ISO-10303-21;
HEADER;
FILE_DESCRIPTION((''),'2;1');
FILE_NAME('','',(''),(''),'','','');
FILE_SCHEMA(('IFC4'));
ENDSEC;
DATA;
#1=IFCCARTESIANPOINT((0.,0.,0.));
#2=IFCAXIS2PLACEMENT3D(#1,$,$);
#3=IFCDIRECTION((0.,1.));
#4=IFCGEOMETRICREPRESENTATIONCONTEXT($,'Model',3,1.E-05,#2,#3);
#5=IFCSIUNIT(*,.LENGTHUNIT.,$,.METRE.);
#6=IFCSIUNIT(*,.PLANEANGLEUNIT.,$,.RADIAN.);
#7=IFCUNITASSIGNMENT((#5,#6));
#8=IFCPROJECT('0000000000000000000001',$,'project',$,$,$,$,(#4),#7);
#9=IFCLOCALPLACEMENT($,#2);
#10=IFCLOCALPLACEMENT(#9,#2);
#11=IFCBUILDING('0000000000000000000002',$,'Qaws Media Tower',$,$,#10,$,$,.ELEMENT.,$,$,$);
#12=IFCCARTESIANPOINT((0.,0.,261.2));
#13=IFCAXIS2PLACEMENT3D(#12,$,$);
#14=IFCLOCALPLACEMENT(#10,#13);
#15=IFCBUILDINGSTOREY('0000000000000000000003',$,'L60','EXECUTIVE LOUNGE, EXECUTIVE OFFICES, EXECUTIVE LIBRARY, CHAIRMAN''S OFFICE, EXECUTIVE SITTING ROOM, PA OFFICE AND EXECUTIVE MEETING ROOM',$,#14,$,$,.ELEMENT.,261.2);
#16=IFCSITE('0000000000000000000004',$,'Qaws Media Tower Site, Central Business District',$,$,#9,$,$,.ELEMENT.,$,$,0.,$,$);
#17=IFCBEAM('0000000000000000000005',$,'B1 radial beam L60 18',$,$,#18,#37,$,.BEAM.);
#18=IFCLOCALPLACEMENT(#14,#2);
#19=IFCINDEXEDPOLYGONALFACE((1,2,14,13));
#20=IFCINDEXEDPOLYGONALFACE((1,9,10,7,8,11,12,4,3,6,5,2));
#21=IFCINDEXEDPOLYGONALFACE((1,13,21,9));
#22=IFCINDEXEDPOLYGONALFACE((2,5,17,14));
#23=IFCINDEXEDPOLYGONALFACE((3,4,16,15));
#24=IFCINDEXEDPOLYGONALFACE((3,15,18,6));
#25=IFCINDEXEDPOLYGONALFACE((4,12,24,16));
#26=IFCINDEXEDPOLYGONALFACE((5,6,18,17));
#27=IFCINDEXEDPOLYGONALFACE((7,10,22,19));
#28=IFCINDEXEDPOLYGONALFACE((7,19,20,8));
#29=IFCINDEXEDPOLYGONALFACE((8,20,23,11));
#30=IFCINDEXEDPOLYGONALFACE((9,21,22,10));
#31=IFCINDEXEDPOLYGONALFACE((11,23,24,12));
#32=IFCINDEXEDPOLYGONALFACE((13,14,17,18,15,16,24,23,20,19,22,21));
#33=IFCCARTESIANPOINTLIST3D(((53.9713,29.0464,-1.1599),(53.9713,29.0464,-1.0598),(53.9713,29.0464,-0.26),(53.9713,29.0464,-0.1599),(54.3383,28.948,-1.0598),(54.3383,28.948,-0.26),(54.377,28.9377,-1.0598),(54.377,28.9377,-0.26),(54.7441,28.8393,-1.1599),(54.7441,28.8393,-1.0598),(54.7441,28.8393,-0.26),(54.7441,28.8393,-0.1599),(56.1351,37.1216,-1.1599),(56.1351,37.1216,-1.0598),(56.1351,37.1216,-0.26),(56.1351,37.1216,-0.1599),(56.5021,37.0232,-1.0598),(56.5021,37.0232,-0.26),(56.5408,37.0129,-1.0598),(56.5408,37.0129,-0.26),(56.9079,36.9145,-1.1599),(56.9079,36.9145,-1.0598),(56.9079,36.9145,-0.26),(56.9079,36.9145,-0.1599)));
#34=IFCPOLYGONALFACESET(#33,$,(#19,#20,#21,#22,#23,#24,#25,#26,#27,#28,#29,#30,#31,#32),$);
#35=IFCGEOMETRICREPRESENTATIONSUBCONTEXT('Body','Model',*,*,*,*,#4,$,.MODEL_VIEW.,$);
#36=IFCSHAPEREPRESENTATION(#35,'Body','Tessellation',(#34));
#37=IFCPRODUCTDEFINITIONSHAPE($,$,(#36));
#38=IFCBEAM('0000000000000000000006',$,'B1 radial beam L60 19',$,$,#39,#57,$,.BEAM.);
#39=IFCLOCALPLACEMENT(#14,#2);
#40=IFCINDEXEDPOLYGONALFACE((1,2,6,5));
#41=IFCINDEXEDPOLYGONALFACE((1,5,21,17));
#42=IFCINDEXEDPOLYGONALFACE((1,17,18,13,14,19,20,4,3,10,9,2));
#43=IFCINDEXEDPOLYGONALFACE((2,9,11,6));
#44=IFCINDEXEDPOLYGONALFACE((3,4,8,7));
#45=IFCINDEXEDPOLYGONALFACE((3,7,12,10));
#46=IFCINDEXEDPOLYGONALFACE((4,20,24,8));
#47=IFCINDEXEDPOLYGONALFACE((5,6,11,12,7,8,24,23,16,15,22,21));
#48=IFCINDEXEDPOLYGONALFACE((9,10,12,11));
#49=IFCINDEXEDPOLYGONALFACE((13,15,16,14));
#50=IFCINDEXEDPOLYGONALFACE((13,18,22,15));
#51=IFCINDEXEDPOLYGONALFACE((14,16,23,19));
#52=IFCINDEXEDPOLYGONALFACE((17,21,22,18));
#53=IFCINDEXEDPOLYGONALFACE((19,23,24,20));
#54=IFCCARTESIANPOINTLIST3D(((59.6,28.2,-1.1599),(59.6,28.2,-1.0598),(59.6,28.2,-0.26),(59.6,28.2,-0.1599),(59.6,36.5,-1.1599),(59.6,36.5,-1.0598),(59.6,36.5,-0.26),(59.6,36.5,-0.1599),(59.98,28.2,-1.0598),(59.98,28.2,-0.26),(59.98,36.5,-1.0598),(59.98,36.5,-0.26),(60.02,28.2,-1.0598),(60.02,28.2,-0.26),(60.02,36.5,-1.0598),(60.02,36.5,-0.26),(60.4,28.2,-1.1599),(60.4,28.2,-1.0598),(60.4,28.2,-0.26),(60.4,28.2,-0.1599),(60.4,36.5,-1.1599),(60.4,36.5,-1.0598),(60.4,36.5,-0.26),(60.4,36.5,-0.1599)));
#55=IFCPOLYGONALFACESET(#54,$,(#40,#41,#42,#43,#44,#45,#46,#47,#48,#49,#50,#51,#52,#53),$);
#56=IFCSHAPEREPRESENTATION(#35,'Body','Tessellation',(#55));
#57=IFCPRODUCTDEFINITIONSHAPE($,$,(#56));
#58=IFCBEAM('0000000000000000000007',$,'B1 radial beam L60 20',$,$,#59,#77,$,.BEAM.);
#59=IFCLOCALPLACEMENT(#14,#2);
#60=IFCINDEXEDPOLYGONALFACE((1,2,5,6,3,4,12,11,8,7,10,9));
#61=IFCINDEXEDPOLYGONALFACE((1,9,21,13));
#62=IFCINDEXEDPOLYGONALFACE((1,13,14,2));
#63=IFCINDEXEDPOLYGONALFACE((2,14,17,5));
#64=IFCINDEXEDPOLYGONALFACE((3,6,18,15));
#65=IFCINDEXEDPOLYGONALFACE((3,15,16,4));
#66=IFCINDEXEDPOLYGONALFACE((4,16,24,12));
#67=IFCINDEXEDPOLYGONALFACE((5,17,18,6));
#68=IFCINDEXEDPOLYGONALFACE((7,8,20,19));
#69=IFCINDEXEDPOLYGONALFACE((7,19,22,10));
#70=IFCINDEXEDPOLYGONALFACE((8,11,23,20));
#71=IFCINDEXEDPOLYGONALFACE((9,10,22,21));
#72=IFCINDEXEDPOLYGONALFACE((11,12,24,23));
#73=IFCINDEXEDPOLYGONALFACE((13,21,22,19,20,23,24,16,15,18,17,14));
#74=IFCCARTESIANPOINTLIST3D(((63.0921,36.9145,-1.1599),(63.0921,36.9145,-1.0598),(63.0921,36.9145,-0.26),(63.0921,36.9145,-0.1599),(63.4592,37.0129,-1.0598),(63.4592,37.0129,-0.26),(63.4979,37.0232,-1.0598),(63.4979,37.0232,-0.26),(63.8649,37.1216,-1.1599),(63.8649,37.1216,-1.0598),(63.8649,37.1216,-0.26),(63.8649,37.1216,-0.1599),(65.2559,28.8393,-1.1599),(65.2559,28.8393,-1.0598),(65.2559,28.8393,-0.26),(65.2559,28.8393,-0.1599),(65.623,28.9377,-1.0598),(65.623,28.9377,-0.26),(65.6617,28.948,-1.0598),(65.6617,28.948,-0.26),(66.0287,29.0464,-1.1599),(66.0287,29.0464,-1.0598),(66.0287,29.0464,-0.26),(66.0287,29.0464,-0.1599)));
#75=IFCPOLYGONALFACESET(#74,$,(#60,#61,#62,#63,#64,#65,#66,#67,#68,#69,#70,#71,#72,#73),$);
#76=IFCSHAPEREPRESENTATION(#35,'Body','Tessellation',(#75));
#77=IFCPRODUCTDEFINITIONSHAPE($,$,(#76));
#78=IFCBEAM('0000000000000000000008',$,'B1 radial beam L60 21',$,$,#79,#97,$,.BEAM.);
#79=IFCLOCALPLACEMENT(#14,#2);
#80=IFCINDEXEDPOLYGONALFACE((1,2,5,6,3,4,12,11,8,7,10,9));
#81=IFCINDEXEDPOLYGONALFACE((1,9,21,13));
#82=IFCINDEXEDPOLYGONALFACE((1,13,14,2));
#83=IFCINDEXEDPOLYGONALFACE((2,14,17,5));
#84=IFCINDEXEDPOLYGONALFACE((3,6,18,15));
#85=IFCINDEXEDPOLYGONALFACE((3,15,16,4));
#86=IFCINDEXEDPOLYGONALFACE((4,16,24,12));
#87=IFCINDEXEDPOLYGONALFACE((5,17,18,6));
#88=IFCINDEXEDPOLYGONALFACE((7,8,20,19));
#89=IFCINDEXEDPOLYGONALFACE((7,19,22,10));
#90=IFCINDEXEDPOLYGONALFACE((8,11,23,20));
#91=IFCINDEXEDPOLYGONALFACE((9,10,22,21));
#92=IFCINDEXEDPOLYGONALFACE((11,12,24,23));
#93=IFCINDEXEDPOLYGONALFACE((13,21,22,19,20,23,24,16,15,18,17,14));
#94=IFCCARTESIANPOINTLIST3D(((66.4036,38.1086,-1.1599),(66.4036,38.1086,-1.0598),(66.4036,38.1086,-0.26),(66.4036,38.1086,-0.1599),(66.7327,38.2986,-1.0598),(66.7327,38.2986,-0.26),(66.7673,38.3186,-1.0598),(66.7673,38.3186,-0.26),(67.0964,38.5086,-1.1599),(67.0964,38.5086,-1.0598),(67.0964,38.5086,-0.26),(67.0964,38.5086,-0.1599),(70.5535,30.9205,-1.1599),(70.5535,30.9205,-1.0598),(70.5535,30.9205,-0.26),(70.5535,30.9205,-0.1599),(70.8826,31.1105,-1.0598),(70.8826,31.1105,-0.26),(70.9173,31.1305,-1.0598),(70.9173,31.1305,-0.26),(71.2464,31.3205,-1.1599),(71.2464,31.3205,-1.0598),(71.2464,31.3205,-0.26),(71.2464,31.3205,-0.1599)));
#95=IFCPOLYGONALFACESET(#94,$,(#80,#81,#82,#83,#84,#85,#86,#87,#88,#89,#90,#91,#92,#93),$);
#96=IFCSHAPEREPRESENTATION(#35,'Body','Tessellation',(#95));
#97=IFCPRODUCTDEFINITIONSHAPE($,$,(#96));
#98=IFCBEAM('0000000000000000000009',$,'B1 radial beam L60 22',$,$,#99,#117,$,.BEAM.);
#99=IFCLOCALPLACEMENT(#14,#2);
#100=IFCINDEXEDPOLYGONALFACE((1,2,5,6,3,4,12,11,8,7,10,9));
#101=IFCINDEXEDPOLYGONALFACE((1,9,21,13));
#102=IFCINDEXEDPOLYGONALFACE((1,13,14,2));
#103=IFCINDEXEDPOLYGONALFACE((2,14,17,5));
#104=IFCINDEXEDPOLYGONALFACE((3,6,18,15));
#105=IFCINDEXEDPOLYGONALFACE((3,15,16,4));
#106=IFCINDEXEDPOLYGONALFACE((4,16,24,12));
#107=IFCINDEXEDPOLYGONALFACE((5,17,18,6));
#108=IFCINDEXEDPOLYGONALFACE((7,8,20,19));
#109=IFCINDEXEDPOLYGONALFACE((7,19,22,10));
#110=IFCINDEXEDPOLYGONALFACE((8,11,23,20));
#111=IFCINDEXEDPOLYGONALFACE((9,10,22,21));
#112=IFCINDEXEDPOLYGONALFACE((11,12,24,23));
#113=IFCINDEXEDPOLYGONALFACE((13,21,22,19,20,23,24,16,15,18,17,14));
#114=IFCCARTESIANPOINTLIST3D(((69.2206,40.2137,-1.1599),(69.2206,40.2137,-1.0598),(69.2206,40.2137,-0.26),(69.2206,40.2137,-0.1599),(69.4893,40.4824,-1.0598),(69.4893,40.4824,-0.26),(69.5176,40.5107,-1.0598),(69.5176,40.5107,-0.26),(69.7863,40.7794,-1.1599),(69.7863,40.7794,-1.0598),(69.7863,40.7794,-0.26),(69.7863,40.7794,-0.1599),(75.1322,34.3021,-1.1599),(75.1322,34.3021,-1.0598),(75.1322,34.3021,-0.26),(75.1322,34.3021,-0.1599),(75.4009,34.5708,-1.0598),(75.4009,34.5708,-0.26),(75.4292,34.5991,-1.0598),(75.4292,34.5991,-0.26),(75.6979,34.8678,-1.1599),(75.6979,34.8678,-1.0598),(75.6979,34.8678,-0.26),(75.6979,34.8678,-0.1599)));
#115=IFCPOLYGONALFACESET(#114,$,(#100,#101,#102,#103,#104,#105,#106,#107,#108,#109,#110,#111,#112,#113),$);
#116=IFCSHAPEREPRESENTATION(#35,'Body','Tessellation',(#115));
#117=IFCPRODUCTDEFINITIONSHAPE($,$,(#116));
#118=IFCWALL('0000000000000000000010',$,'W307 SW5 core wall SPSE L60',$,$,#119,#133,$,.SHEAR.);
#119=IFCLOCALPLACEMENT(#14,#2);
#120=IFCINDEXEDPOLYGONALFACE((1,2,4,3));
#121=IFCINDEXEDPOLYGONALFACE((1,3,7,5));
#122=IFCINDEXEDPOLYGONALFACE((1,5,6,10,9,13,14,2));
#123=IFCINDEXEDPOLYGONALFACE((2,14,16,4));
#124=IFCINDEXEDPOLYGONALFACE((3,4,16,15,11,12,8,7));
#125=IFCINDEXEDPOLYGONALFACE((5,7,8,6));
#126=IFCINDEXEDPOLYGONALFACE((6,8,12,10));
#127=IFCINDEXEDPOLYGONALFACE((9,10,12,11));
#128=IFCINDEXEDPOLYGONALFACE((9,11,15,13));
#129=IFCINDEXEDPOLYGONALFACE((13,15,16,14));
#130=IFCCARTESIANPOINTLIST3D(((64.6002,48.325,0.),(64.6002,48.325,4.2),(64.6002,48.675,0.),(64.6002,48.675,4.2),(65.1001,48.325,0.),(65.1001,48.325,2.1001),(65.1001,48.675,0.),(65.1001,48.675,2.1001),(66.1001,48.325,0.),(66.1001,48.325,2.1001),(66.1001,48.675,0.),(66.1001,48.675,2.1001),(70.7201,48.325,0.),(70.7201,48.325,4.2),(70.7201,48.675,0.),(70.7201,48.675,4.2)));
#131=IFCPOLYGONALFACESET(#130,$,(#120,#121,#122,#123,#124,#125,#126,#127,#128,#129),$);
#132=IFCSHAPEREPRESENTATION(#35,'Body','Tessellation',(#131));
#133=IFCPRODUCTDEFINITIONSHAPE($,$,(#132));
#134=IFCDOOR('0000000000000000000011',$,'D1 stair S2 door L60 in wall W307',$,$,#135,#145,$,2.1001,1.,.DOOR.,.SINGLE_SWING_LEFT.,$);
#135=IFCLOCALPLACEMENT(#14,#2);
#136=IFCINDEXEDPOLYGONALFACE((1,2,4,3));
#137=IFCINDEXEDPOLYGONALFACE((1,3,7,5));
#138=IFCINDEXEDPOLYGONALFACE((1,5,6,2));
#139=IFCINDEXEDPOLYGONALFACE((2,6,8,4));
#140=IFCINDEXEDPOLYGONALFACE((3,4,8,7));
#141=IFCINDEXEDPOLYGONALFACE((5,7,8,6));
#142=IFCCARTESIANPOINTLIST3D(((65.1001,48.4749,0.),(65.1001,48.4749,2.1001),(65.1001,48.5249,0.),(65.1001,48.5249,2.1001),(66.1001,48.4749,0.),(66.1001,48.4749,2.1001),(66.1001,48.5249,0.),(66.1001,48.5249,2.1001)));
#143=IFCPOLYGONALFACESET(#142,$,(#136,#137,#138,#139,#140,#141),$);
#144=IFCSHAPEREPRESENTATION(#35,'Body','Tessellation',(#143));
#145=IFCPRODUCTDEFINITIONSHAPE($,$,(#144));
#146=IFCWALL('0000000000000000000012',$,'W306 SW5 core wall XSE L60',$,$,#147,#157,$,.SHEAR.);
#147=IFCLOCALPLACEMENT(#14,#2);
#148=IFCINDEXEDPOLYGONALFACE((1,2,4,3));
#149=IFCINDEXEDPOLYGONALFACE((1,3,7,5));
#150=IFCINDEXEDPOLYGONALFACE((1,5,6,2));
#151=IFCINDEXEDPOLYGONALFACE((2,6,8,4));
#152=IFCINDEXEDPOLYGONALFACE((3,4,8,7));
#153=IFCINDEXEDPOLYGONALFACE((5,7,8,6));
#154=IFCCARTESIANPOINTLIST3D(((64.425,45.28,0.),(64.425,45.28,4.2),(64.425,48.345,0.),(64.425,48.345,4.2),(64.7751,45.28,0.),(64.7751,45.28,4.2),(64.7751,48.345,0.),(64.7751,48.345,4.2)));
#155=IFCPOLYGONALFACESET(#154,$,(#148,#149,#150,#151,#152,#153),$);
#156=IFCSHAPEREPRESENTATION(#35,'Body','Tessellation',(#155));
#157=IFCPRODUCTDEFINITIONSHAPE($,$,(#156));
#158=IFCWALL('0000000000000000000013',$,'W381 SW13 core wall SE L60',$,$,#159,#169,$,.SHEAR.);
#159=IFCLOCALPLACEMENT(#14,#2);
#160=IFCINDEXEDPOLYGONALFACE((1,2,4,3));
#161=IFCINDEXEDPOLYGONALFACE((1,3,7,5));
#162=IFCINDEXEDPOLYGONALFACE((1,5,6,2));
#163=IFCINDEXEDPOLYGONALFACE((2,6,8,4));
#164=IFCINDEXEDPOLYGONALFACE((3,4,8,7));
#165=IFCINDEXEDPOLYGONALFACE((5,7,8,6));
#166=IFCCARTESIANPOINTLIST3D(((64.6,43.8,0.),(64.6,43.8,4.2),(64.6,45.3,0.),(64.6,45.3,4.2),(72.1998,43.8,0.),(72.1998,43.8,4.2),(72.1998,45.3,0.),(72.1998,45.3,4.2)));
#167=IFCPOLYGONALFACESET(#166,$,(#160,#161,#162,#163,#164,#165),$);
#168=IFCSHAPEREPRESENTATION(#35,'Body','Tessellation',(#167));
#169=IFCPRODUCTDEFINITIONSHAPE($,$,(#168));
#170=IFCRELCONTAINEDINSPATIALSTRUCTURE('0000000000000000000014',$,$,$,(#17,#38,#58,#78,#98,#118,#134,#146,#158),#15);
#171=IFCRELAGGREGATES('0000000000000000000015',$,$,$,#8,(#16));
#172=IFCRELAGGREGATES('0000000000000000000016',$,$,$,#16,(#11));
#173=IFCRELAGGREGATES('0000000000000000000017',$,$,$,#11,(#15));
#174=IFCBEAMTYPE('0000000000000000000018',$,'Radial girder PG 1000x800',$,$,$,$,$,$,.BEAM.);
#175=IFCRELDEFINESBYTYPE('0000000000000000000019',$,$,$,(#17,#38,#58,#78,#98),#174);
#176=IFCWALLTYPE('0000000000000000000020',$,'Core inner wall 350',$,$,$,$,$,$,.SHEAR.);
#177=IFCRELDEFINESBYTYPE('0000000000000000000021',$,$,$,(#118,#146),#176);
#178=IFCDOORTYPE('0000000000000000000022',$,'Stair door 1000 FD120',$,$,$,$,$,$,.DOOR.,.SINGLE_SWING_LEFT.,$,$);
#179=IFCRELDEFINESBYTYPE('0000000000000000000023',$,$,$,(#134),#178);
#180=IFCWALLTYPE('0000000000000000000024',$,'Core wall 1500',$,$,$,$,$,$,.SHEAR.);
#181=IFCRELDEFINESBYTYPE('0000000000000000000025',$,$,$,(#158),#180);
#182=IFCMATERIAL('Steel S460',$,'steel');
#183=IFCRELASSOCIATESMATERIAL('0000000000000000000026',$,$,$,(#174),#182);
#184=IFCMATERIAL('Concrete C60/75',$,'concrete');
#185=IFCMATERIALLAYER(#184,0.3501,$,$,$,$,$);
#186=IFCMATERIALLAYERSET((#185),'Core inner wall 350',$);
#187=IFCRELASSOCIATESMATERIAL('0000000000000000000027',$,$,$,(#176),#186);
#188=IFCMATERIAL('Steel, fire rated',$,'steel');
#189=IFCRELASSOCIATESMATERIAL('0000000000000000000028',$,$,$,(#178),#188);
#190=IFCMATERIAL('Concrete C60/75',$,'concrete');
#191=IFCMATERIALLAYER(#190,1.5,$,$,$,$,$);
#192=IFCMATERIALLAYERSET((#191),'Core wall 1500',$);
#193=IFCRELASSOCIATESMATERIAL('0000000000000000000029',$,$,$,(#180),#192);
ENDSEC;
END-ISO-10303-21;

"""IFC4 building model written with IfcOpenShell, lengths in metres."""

from ifc_helpers import new_model, si_unit, direction, frame, frame_2d, origin, origin_2d, place, context, subcontext, project, spatial, rectangle, i_section, extrude, material, layer, layer_set, material_profile, profile_set, type_object, element, fill, save


model = new_model("IFC4")

# Units and contexts
model_context = context("Model", 3, precision=1e-05, world=origin(), true_north=direction((0.0, 1.0)))
body_context = subcontext(model_context, "Body", "Model", "MODEL_VIEW")
ifc_project = project(units=[si_unit("LENGTHUNIT", "METRE"), si_unit("PLANEANGLEUNIT", "RADIAN")], contexts=[model_context])

# Site, building, storey
site_placement = place(None, origin())
site = spatial("IfcSite", under=ifc_project, at=site_placement, Name="Qaws Media Tower Site, Central Business District", CompositionType="ELEMENT", RefElevation=0.0)
building_placement = place(site_placement, origin())
building = spatial("IfcBuilding", under=site, at=building_placement, Name="Qaws Media Tower", CompositionType="ELEMENT")
storey_placement = place(building_placement, frame((0.0, 0.0, 261.2)))
storey = spatial("IfcBuildingStorey", under=building, at=storey_placement, Name="L60", Description="EXECUTIVE LOUNGE, EXECUTIVE OFFICES, EXECUTIVE LIBRARY, CHAIRMAN'S OFFICE, EXECUTIVE SITTING ROOM, PA OFFICE AND EXECUTIVE MEETING ROOM", CompositionType="ELEMENT", Elevation=261.2)

# Beams
ifc_material_1 = material(Name="Steel S460", Category="steel")
ifc_material_profile_1 = material_profile(ifc_material_1, i_section(OverallWidth=0.8, OverallDepth=1.0, WebThickness=0.04, FlangeThickness=0.1001, at=origin_2d()), Name="PG 1000x800")
ifc_profile_set_1 = profile_set([ifc_material_profile_1], Name="Steel S460")
beam_type_1 = type_object("IfcBeamType", Name="Radial girder PG 1000x800", PredefinedType="BEAM", material=ifc_profile_set_1)
beam_1_placement = place(storey_placement, frame((56.5215, 37.0181, -0.6599), z_axis=(-0.258828, -0.965924, 0.0), x_axis=(0.965924, -0.258828, 0.0)))
element("IfcBeam", 1, at=beam_1_placement, inside=storey, type_object=beam_type_1, Name="B1 radial beam L60 18", PredefinedType="BEAM", context=body_context, shape_type="SweptSolid", body=[
    extrude(i_section(OverallWidth=0.8, OverallDepth=1.0, WebThickness=0.04, FlangeThickness=0.1001, at=origin_2d()), origin(), (0.0, 0.0, 1.0), 8.3601),
])
beam_2_placement = place(storey_placement, frame((60.0, 36.5, -0.6599), z_axis=(0.0, -1.0, 0.0), x_axis=(1.0, 0.0, 0.0)))
element("IfcBeam", 2, at=beam_2_placement, inside=storey, type_object=beam_type_1, Name="B1 radial beam L60 19", PredefinedType="BEAM", context=body_context, shape_type="SweptSolid", body=[
    extrude(i_section(OverallWidth=0.8, OverallDepth=1.0, WebThickness=0.04, FlangeThickness=0.1001, at=origin_2d()), origin(), (0.0, 0.0, 1.0), 8.3),
])
beam_3_placement = place(storey_placement, frame((63.4785, 37.0181, -0.6599), z_axis=(0.258828, -0.965924, 0.0), x_axis=(0.965924, 0.258828, 0.0)))
element("IfcBeam", 3, at=beam_3_placement, inside=storey, type_object=beam_type_1, Name="B1 radial beam L60 20", PredefinedType="BEAM", context=body_context, shape_type="SweptSolid", body=[
    extrude(i_section(OverallWidth=0.8, OverallDepth=1.0, WebThickness=0.04, FlangeThickness=0.1001, at=origin_2d()), origin(), (0.0, 0.0, 1.0), 8.3601),
])
beam_4_placement = place(storey_placement, frame((66.75, 38.3086, -0.6599), z_axis=(0.499992, -0.86603, 0.0), x_axis=(0.86603, 0.499992, 0.0)))
element("IfcBeam", 4, at=beam_4_placement, inside=storey, type_object=beam_type_1, Name="B1 radial beam L60 21", PredefinedType="BEAM", context=body_context, shape_type="SweptSolid", body=[
    extrude(i_section(OverallWidth=0.8, OverallDepth=1.0, WebThickness=0.04, FlangeThickness=0.1001, at=origin_2d()), origin(), (0.0, 0.0, 1.0), 8.3),
])
beam_5_placement = place(storey_placement, frame((69.5034, 40.4966, -0.6599), z_axis=(0.707107, -0.707107, 0.0), x_axis=(0.707107, 0.707107, 0.0)))
element("IfcBeam", 5, at=beam_5_placement, inside=storey, type_object=beam_type_1, Name="B1 radial beam L60 22", PredefinedType="BEAM", context=body_context, shape_type="SweptSolid", body=[
    extrude(i_section(OverallWidth=0.8, OverallDepth=1.0, WebThickness=0.04, FlangeThickness=0.1001, at=origin_2d()), origin(), (0.0, 0.0, 1.0), 8.3604),
])

# Wall, opening, door
ifc_material_2 = material(Name="Concrete C60/75", Category="concrete")
ifc_layer_1 = layer(ifc_material_2, 0.3501)
ifc_layer_set_1 = layer_set([ifc_layer_1], Name="Core inner wall 350")
wall_type_1 = type_object("IfcWallType", Name="Core inner wall 350", PredefinedType="SHEAR", material=ifc_layer_set_1)
wall_1_placement = place(storey_placement, frame((64.6001, 48.5, 0.0), z_axis=(0.0, 0.0, 1.0), x_axis=(1.0, 0.0, 0.0)))
wall_1 = element("IfcWall", 6, at=wall_1_placement, inside=storey, type_object=wall_type_1, Name="W307 SW5 core wall SPSE L60", PredefinedType="SHEAR", context=body_context, shape_type="SweptSolid", body=[
    extrude(rectangle(XDim=6.1199, YDim=0.3501, at=frame_2d((3.0601, 0.0))), origin(), (0.0, 0.0, 1.0), 4.2),
])
opening_1_placement = place(wall_1_placement, frame((0.5, 0.0, 0.0)))
opening_1 = element("IfcOpeningElement", 7, at=opening_1_placement, cuts=wall_1, PredefinedType="OPENING", context=body_context, shape_type="SweptSolid", body=[
    extrude(rectangle(XDim=1.0, YDim=2.1001, at=frame_2d((0.5, 1.05))), frame((0.0, 0.1851, 0.0), z_axis=(0.0, -1.0, 0.0), x_axis=(1.0, 0.0, 0.0)), (0.0, 0.0, 1.0), 0.3701),
])
ifc_material_3 = material(Name="Steel, fire rated", Category="steel")
door_type_1 = type_object("IfcDoorType", Name="Stair door 1000 FD120", OperationType="SINGLE_SWING_LEFT", PredefinedType="DOOR", material=ifc_material_3)
door_1_placement = place(opening_1_placement, origin())
door_1 = element("IfcDoor", 8, at=door_1_placement, inside=storey, type_object=door_type_1, Name="D1 stair S2 door L60 in wall W307", OperationType="SINGLE_SWING_LEFT", OverallHeight=2.1001, OverallWidth=1.0, PredefinedType="DOOR", context=body_context, shape_type="SweptSolid", body=[
    extrude(rectangle(XDim=1.0, YDim=2.1001, at=frame_2d((0.5, 1.05))), frame((0.0, 0.0249, 0.0), z_axis=(0.0, -1.0, 0.0), x_axis=(1.0, 0.0, 0.0)), (0.0, 0.0, 1.0), 0.05),
])
fill(opening_1, door_1)

# Walls
wall_2_placement = place(storey_placement, frame((64.6001, 48.345, 0.0), z_axis=(0.0, 0.0, 1.0), x_axis=(0.0, -1.0, 0.0)))
element("IfcWall", 9, at=wall_2_placement, inside=storey, type_object=wall_type_1, Name="W306 SW5 core wall XSE L60", PredefinedType="SHEAR", context=body_context, shape_type="SweptSolid", body=[
    extrude(rectangle(XDim=3.0649, YDim=0.3501, at=frame_2d((1.5325, 0.0))), origin(), (0.0, 0.0, 1.0), 4.2),
])
ifc_material_4 = material(Name="Concrete C60/75", Category="concrete")
ifc_layer_2 = layer(ifc_material_4, 1.5)
ifc_layer_set_2 = layer_set([ifc_layer_2], Name="Core wall 1500")
wall_type_2 = type_object("IfcWallType", Name="Core wall 1500", PredefinedType="SHEAR", material=ifc_layer_set_2)
wall_3_placement = place(storey_placement, frame((64.6001, 44.55, 0.0), z_axis=(0.0, 0.0, 1.0), x_axis=(1.0, 0.0, 0.0)))
element("IfcWall", 10, at=wall_3_placement, inside=storey, type_object=wall_type_2, Name="W381 SW13 core wall SE L60", PredefinedType="SHEAR", context=body_context, shape_type="SweptSolid", body=[
    extrude(rectangle(XDim=7.5999, YDim=1.5, at=frame_2d((3.7998, 0.0))), origin(), (0.0, 0.0, 1.0), 4.2),
])

save(model, "model.ifc")
